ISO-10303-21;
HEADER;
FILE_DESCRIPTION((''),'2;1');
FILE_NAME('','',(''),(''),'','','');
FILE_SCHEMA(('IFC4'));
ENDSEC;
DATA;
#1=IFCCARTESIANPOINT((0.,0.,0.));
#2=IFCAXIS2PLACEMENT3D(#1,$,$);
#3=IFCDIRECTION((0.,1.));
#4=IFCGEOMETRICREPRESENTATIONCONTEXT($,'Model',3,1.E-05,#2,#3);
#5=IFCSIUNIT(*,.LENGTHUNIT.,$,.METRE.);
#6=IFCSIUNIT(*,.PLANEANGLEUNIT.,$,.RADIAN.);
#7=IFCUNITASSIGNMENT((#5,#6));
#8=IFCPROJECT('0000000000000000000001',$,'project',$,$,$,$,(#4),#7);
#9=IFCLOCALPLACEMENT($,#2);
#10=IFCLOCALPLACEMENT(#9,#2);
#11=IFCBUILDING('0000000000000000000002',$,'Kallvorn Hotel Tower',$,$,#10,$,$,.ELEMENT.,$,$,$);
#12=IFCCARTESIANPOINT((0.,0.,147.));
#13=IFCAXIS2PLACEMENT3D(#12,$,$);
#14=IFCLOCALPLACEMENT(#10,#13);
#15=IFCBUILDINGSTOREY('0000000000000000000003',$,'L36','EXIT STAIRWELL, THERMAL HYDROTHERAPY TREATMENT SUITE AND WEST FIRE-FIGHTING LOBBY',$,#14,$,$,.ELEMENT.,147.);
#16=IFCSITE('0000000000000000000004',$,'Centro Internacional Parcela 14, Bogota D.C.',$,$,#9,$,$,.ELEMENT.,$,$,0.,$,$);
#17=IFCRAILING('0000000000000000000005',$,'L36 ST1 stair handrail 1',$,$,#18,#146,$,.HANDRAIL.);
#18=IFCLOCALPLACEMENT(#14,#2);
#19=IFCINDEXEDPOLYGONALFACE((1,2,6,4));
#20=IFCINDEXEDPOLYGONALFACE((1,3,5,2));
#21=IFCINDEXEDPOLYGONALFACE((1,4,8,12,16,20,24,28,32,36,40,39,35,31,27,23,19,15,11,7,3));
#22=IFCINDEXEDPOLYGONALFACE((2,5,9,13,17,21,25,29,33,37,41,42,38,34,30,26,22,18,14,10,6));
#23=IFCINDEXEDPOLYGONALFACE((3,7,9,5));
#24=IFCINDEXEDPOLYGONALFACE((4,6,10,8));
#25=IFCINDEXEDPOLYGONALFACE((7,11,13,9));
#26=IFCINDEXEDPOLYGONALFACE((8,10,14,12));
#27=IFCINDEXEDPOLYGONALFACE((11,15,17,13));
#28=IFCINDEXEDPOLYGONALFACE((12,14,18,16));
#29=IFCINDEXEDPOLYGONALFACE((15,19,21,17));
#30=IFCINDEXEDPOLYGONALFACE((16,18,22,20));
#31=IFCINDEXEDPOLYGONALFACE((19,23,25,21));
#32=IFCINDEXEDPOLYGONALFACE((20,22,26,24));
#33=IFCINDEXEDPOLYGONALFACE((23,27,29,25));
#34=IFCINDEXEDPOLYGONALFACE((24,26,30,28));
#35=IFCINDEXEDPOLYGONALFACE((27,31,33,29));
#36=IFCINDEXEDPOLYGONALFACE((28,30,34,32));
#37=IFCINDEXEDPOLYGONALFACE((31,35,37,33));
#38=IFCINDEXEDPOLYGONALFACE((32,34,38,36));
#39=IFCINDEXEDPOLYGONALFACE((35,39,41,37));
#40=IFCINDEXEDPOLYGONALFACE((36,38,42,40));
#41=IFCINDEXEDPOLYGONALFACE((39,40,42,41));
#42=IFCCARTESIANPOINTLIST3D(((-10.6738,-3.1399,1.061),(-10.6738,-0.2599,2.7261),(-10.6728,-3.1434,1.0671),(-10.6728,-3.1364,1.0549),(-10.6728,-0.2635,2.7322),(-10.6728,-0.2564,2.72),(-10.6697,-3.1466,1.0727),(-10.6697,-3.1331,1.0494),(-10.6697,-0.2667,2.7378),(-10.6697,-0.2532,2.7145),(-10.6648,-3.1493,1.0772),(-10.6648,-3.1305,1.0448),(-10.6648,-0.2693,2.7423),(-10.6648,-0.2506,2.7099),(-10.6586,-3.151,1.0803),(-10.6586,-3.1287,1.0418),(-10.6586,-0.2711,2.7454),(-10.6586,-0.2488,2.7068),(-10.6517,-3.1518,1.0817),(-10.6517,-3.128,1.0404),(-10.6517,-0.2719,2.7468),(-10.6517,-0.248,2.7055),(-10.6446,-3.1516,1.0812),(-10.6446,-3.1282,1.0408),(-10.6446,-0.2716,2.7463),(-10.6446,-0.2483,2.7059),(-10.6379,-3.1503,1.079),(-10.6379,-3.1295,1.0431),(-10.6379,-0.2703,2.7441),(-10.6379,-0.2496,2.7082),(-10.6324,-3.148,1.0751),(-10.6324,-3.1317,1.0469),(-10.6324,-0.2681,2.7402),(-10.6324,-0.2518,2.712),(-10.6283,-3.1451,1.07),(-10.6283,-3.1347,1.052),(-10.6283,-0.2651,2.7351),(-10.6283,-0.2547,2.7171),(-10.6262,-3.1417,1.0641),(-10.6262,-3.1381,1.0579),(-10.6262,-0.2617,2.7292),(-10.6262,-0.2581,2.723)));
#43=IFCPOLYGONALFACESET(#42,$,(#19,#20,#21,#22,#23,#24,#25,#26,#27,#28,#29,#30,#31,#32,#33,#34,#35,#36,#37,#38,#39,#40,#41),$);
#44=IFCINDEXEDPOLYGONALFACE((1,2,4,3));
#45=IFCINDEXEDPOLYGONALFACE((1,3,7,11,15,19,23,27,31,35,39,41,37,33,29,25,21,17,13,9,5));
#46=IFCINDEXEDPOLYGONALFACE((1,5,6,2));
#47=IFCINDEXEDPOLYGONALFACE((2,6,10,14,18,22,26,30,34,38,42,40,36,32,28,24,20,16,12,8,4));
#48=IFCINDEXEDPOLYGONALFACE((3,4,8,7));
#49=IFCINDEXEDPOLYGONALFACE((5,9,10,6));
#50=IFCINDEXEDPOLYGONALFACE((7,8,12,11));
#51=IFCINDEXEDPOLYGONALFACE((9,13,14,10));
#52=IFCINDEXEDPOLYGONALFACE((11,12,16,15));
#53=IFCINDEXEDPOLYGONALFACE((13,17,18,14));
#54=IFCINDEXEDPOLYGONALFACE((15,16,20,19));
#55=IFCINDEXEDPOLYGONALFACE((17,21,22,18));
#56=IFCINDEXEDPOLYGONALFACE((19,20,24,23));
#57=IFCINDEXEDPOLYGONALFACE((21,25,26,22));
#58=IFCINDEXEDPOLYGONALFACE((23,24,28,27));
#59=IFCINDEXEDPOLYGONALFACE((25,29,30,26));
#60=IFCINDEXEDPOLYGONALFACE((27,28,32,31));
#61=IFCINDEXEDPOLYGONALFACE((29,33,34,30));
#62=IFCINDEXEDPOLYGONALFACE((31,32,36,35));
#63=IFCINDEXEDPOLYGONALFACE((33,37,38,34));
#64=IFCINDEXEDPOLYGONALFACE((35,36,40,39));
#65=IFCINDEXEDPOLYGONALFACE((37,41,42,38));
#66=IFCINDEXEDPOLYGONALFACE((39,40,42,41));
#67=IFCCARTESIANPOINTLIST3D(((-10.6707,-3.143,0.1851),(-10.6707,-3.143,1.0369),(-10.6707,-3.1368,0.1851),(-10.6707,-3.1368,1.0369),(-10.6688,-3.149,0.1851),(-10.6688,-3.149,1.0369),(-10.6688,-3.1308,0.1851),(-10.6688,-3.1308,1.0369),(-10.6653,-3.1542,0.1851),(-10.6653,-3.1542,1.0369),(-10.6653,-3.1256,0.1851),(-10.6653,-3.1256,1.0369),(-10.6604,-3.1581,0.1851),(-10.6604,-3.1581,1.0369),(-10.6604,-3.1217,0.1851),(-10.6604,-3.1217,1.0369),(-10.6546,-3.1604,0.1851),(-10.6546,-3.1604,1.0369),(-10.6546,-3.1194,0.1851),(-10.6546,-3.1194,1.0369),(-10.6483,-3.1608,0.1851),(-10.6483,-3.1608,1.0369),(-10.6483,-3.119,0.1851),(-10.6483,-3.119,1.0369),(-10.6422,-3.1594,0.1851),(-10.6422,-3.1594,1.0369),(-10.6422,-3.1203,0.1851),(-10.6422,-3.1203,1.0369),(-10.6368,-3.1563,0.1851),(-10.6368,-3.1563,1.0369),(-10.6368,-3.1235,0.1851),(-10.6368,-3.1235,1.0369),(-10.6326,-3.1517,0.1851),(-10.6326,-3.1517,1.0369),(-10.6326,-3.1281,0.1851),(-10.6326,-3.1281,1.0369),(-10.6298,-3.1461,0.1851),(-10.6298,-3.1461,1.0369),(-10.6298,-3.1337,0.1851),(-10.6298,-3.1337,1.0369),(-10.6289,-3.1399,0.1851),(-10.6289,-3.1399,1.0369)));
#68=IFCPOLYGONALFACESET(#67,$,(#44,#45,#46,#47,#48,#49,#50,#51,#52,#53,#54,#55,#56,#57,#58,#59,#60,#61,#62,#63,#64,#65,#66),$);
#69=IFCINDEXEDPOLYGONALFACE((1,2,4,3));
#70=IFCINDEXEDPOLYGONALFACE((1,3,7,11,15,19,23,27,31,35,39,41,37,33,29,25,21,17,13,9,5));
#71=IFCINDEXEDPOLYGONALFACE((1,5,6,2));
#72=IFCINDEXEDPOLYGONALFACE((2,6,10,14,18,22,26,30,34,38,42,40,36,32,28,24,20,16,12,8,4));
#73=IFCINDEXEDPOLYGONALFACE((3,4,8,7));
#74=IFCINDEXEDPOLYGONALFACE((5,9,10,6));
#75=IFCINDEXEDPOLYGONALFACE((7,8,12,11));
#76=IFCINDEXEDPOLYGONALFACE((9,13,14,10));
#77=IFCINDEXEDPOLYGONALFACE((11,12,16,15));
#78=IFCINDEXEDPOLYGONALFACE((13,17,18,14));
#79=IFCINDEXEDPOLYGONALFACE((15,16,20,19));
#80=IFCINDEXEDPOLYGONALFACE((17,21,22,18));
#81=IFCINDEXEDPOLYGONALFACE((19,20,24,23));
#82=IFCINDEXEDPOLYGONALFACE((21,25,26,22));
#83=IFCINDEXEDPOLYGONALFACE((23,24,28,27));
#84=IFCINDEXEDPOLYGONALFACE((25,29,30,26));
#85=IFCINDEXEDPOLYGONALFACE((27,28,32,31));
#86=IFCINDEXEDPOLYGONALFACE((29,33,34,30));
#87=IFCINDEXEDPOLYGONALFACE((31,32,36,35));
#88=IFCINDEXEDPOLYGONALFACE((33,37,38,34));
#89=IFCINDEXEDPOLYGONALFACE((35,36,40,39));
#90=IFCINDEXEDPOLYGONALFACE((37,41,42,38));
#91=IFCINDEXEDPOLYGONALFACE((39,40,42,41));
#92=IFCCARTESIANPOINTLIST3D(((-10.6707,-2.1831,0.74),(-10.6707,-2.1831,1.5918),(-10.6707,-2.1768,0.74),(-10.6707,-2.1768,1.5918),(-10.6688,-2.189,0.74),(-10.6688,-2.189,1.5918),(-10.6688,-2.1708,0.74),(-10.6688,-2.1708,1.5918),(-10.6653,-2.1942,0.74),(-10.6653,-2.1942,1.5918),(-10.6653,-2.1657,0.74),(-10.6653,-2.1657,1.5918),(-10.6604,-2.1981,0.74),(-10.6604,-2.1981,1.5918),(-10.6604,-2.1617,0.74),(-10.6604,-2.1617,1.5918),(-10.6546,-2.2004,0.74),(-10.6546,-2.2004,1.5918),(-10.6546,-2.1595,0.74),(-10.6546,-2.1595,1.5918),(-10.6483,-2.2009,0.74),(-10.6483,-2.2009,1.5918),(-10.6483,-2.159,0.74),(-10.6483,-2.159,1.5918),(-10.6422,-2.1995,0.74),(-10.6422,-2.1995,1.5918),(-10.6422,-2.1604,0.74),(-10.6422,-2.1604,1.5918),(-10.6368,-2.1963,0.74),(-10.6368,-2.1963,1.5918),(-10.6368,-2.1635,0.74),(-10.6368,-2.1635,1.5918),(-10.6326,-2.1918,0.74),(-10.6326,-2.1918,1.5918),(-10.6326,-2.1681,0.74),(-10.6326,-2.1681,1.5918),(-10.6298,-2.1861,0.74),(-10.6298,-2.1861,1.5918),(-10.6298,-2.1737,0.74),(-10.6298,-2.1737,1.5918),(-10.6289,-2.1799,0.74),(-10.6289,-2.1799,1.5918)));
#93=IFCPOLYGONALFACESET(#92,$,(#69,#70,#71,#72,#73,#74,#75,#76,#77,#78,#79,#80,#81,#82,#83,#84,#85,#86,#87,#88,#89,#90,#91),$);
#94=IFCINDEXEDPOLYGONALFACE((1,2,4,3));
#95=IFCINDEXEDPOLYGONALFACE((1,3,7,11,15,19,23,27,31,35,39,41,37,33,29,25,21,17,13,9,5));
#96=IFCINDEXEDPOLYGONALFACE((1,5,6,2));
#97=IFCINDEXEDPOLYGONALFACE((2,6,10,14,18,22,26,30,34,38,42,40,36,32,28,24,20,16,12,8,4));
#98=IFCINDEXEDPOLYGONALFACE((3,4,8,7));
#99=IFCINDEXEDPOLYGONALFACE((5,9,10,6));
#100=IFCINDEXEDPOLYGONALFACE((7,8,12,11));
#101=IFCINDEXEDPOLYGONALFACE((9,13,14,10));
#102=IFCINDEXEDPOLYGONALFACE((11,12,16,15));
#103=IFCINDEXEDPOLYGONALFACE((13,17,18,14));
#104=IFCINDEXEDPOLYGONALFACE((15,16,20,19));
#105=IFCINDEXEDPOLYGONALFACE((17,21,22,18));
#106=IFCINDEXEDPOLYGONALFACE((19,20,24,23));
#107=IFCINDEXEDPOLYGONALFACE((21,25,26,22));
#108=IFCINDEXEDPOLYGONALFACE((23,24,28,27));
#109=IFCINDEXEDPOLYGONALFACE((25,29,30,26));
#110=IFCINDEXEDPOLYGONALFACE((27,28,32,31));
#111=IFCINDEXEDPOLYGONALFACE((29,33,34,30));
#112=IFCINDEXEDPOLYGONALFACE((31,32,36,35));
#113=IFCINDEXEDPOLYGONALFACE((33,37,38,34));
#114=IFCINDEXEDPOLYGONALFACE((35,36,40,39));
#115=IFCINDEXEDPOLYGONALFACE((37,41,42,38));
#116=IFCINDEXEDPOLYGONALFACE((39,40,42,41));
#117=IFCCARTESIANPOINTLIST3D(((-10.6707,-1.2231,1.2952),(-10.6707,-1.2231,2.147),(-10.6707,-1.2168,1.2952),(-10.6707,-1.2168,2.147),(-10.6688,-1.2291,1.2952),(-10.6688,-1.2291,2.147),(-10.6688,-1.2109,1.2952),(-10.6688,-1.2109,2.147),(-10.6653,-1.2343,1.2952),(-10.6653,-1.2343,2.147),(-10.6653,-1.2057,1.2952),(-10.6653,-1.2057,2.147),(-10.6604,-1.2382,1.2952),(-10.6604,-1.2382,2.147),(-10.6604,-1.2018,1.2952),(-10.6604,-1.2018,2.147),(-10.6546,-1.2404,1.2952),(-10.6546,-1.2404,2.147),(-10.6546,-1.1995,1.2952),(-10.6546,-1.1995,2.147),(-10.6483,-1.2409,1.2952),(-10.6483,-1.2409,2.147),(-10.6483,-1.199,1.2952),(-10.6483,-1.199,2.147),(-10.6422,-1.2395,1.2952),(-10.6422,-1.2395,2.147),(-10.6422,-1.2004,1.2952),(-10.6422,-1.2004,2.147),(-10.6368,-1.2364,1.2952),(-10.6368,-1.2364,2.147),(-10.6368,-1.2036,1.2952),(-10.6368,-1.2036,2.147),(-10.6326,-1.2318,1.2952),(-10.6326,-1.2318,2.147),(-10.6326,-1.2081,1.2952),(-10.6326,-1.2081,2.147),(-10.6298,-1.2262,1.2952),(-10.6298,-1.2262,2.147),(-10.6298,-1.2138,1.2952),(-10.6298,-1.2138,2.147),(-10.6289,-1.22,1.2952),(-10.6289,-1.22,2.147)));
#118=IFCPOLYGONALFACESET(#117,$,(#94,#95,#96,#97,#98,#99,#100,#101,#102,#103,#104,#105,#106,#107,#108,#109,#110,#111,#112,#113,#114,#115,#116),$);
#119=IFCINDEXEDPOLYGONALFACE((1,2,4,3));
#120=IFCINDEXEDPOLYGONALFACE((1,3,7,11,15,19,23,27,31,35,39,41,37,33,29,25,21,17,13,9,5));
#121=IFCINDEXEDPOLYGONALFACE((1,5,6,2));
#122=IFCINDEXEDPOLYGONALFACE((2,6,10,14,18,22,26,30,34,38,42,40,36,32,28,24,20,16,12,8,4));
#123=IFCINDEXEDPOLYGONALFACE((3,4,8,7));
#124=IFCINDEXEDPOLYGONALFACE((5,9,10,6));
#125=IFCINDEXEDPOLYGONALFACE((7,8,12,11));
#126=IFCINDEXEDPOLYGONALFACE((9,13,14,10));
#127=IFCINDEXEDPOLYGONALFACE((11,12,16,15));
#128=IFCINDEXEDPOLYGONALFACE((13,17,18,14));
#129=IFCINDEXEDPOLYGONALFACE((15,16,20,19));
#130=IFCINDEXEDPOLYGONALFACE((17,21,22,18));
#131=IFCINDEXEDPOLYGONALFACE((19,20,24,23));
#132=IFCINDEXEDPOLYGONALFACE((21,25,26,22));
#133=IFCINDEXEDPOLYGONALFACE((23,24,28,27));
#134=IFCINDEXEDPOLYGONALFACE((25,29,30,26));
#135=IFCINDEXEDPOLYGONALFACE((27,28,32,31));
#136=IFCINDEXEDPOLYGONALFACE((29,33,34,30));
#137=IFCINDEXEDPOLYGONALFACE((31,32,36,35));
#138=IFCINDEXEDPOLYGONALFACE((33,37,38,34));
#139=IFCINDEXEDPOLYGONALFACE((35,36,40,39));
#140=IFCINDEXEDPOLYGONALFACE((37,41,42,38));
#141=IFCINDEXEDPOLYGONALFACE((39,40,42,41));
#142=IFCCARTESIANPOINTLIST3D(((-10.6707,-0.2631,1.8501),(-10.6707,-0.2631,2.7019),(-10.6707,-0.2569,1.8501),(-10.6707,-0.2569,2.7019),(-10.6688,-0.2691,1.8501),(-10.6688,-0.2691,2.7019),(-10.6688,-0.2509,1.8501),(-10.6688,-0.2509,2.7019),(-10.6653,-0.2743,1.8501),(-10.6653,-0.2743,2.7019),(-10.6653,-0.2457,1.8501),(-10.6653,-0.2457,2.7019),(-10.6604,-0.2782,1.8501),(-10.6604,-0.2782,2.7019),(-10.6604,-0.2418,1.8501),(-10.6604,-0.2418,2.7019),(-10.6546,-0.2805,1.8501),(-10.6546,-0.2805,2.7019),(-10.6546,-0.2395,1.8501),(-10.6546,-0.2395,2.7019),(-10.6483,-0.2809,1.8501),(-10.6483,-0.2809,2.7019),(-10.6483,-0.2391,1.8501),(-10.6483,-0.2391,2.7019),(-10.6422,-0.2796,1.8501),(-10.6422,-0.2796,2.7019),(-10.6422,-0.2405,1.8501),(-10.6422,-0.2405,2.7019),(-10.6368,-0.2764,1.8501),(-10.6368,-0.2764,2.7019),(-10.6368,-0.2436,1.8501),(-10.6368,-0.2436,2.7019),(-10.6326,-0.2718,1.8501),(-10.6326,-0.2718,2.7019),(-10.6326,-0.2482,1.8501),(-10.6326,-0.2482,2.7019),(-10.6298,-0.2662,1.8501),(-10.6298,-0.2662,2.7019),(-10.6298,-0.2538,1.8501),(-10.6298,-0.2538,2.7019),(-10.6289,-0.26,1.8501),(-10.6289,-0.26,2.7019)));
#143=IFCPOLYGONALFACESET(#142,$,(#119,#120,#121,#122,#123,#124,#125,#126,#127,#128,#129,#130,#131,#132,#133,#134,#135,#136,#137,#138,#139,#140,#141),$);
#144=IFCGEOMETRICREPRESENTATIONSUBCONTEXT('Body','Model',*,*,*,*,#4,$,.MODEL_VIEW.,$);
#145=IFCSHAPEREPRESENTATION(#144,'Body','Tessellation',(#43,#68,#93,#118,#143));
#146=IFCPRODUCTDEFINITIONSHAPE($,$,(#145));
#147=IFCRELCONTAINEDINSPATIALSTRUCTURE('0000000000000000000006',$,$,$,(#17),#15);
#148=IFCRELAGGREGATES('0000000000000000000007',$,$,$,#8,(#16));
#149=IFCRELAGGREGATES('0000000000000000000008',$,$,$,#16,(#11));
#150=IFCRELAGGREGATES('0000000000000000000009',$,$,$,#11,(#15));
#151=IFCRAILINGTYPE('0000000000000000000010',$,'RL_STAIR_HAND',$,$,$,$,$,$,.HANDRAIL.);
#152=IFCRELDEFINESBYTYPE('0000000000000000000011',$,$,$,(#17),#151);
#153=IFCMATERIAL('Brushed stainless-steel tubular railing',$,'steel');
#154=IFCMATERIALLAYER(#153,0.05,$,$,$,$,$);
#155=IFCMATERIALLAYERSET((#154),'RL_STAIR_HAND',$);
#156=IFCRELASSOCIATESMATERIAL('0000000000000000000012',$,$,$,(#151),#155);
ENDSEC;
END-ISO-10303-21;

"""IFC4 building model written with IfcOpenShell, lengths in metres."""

from ifc_helpers import new_model, si_unit, direction, frame, origin, origin_2d, place, context, subcontext, project, spatial, circle, extrude, material, layer, layer_set, type_object, element, save


model = new_model("IFC4")

# Units and contexts
model_context = context("Model", 3, precision=1e-05, world=origin(), true_north=direction((0.0, 1.0)))
body_context = subcontext(model_context, "Body", "Model", "MODEL_VIEW")
ifc_project = project(units=[si_unit("LENGTHUNIT", "METRE"), si_unit("PLANEANGLEUNIT", "RADIAN")], contexts=[model_context])

# Site, building, storey
site_placement = place(None, origin())
site = spatial("IfcSite", under=ifc_project, at=site_placement, Name="Centro Internacional Parcela 14, Bogota D.C.", CompositionType="ELEMENT", RefElevation=0.0)
building_placement = place(site_placement, origin())
building = spatial("IfcBuilding", under=site, at=building_placement, Name="Kallvorn Hotel Tower", CompositionType="ELEMENT")
storey_placement = place(building_placement, frame((0.0, 0.0, 147.0)))
storey = spatial("IfcBuildingStorey", under=building, at=storey_placement, Name="L36", Description="EXIT STAIRWELL, THERMAL HYDROTHERAPY TREATMENT SUITE AND WEST FIRE-FIGHTING LOBBY", CompositionType="ELEMENT", Elevation=147.0)

# Railing
ifc_material_1 = material(Name="Brushed stainless-steel tubular railing", Category="steel")
ifc_layer_1 = layer(ifc_material_1, 0.05)
ifc_layer_set_1 = layer_set([ifc_layer_1], Name="RL_STAIR_HAND")
railing_type_1 = type_object("IfcRailingType", Name="RL_STAIR_HAND", PredefinedType="HANDRAIL", material=ifc_layer_set_1)
railing_1_placement = place(storey_placement, frame((-10.6499, -3.1399, 0.1851)))
element("IfcRailing", 1, at=railing_1_placement, inside=storey, type_object=railing_type_1, Name="L36 ST1 stair handrail 1", PredefinedType="HANDRAIL", context=body_context, shape_type="SweptSolid", body=[
    extrude(circle(Radius=0.0239, at=origin_2d()), frame((0.0, 0.0, 0.876), z_axis=(0.0, 0.865721, 0.500527), x_axis=(-1.0, 0.0, 0.0)), (0.0, 0.0, 1.0), 3.3267),
    extrude(circle(Radius=0.021, at=origin_2d()), origin(), (0.0, 0.0, 1.0), 0.8518),
    extrude(circle(Radius=0.021, at=origin_2d()), frame((0.0, 0.96, 0.5549)), (0.0, 0.0, 1.0), 0.8518),
    extrude(circle(Radius=0.021, at=origin_2d()), frame((0.0, 1.9199, 1.1101)), (0.0, 0.0, 1.0), 0.8518),
    extrude(circle(Radius=0.021, at=origin_2d()), frame((0.0, 2.8799, 1.665)), (0.0, 0.0, 1.0), 0.8518),
])

save(model, "model.ifc")
